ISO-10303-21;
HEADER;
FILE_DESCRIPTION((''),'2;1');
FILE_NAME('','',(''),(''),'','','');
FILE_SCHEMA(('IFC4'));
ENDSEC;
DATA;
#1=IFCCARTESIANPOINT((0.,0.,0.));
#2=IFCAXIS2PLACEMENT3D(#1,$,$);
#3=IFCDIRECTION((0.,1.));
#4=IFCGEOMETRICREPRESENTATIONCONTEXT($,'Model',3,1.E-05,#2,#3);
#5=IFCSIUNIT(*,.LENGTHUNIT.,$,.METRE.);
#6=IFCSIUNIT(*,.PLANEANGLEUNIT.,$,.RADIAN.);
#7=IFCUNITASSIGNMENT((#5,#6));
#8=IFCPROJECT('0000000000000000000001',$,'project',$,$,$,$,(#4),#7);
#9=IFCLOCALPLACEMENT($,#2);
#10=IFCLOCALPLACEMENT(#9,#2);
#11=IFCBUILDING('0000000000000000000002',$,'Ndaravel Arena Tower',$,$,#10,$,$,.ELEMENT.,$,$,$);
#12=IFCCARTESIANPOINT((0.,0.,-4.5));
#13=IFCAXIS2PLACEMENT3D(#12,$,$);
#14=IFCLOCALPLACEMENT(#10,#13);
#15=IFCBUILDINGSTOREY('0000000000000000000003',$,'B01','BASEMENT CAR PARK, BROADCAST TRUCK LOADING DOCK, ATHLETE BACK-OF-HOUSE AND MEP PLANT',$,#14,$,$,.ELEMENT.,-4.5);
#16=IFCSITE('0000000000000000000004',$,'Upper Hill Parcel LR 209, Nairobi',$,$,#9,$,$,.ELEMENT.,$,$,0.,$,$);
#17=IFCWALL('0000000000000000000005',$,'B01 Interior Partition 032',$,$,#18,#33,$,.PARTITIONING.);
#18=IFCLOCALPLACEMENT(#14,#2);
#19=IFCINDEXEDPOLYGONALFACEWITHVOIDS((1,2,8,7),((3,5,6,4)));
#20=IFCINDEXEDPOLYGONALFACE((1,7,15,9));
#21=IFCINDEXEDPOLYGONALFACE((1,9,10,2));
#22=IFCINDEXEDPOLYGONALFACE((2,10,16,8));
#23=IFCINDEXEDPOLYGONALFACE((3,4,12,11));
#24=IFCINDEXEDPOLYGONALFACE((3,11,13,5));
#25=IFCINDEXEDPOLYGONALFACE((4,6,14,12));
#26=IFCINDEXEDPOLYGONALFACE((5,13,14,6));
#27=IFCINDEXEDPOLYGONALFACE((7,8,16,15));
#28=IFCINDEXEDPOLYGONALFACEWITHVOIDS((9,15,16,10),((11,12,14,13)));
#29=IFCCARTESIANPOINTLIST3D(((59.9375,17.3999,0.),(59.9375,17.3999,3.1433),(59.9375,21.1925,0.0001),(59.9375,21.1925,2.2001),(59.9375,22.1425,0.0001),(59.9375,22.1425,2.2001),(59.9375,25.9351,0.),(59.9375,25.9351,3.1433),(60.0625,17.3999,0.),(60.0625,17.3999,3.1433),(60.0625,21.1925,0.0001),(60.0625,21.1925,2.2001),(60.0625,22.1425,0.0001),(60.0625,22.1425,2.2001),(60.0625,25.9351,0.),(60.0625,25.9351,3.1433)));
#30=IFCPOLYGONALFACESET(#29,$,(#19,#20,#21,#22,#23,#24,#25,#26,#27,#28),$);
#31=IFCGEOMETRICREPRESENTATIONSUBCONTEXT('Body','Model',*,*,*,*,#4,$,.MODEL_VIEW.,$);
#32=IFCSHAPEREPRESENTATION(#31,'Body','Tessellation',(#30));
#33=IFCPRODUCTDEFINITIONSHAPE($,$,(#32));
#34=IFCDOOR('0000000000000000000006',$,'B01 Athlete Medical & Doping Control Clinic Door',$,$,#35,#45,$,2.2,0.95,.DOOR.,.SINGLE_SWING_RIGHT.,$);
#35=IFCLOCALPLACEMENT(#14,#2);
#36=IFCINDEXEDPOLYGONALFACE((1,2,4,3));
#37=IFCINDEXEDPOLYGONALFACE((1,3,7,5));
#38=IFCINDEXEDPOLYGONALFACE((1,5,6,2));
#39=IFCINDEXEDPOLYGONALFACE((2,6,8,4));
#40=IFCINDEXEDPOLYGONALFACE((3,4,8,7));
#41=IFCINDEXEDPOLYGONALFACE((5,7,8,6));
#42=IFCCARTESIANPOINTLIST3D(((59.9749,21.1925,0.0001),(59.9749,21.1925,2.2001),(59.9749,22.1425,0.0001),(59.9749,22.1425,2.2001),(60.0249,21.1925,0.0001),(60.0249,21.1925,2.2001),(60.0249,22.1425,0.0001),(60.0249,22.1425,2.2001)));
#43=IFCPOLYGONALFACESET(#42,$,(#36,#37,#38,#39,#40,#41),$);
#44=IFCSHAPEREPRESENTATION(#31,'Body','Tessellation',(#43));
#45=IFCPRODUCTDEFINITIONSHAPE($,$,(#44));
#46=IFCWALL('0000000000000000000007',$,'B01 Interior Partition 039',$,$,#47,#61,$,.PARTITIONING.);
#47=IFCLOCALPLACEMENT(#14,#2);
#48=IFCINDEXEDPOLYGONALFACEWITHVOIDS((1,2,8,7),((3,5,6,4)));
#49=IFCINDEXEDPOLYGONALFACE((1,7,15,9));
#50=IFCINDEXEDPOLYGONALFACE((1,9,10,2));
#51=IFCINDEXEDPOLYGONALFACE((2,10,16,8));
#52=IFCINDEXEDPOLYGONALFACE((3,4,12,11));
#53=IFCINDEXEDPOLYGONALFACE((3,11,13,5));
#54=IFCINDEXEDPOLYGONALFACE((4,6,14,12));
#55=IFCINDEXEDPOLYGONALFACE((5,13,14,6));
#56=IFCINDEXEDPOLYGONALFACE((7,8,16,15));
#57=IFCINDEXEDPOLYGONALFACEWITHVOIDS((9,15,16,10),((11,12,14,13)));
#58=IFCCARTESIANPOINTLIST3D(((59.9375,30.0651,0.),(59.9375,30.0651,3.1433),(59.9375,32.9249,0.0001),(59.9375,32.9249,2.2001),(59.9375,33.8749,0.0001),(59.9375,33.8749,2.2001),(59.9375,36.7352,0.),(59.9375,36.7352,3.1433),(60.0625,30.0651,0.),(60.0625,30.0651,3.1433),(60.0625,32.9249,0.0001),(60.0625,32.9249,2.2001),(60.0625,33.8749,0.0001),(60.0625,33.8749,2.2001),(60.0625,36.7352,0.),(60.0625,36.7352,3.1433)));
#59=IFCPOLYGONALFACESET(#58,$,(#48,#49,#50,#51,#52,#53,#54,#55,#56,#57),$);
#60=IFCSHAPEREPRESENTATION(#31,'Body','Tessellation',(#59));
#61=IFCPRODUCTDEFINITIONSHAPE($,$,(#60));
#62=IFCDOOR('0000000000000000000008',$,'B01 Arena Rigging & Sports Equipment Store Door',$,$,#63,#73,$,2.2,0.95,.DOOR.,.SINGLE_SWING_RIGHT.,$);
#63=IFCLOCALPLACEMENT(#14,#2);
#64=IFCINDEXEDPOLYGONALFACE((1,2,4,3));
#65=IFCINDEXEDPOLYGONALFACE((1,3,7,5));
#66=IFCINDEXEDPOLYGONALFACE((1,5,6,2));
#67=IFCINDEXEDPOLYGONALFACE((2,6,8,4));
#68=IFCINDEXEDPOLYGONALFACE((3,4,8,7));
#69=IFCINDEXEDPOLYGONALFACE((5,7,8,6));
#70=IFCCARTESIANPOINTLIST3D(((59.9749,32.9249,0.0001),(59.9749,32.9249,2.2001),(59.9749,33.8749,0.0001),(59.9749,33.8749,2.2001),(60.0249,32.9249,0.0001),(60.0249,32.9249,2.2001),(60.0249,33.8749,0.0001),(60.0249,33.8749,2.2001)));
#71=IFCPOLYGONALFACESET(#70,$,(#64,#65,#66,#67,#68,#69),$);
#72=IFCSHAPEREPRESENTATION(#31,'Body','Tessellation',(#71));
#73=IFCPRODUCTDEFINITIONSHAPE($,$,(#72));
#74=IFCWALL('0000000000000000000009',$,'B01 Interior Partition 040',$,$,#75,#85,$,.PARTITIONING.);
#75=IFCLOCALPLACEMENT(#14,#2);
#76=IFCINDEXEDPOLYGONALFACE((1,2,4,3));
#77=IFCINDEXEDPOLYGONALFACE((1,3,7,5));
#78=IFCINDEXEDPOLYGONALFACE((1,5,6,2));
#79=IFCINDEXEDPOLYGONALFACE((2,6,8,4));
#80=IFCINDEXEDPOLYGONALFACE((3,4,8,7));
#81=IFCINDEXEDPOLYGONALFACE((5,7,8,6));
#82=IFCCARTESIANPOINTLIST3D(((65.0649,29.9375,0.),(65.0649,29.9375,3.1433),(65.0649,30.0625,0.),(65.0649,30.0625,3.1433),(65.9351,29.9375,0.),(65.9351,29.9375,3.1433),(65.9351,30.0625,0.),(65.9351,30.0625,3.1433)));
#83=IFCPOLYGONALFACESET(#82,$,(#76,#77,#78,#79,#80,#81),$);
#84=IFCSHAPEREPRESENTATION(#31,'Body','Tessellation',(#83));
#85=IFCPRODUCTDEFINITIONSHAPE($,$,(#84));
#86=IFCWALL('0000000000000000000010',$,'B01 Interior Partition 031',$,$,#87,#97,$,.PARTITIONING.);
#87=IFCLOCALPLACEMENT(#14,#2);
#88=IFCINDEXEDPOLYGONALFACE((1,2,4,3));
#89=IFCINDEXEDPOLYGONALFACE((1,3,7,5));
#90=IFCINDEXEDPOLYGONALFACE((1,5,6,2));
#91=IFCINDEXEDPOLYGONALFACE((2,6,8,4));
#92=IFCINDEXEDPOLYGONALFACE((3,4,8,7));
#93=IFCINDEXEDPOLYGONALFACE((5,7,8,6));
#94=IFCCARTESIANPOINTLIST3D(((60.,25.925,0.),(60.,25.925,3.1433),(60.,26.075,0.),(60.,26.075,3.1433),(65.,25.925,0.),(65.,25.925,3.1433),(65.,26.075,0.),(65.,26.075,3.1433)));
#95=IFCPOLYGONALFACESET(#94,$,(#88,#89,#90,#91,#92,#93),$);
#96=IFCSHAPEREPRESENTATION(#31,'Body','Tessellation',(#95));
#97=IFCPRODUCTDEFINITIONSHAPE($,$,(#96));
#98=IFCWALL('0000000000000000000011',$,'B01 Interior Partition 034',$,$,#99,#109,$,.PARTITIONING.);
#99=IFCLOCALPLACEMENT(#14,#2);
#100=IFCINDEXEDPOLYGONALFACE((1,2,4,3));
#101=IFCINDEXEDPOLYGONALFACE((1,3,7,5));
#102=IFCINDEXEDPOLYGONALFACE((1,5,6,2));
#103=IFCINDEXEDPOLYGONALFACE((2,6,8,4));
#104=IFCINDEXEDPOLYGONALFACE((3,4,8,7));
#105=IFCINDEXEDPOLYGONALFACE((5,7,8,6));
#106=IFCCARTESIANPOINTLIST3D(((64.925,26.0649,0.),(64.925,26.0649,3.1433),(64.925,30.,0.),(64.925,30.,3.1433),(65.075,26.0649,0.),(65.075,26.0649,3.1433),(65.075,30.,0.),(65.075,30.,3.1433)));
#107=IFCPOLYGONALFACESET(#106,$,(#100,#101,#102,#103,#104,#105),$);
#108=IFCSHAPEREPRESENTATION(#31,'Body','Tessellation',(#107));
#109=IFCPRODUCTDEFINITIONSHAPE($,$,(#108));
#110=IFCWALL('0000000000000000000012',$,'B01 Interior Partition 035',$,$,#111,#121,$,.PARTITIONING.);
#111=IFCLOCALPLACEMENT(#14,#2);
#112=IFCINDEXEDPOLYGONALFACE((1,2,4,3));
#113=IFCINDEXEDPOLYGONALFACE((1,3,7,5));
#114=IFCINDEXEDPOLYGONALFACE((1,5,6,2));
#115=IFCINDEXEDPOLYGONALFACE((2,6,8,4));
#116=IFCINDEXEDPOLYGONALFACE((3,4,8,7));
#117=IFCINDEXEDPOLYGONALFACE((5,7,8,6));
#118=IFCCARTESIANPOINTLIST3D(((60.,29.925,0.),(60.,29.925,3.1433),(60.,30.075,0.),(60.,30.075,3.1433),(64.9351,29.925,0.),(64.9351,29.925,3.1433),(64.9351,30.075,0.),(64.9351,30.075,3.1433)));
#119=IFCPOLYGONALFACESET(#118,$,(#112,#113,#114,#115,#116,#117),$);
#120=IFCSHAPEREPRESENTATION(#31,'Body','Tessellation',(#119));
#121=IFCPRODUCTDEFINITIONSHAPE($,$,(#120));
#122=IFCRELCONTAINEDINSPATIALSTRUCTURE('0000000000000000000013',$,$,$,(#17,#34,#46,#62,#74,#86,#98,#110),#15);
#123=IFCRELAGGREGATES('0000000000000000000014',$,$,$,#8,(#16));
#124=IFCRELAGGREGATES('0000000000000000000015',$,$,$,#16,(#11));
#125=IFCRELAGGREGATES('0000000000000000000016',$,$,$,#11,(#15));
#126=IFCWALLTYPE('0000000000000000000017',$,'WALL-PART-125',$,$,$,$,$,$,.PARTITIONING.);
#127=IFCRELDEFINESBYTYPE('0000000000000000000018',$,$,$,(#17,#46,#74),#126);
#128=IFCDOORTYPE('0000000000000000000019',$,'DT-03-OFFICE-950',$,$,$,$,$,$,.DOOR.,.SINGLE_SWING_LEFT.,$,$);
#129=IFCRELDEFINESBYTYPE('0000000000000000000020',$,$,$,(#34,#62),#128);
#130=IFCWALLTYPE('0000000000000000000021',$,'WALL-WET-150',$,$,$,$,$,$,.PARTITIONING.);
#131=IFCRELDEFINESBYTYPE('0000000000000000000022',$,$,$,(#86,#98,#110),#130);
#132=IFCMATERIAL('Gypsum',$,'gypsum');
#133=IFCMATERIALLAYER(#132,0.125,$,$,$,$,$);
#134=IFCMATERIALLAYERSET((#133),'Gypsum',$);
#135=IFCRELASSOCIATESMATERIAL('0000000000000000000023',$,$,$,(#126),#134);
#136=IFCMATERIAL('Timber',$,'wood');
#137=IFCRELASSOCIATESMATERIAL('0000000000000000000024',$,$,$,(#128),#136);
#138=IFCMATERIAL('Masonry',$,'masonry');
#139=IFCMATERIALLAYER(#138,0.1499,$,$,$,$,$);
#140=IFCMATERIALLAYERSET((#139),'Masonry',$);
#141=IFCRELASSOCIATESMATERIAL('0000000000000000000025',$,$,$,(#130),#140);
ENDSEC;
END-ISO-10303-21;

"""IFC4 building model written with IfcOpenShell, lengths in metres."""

from ifc_helpers import new_model, si_unit, direction, frame, frame_2d, origin, place, context, subcontext, project, spatial, rectangle, extrude, material, layer, layer_set, type_object, element, fill, save


model = new_model("IFC4")

# Units and contexts
model_context = context("Model", 3, precision=1e-05, world=origin(), true_north=direction((0.0, 1.0)))
body_context = subcontext(model_context, "Body", "Model", "MODEL_VIEW")
ifc_project = project(units=[si_unit("LENGTHUNIT", "METRE"), si_unit("PLANEANGLEUNIT", "RADIAN")], contexts=[model_context])

# Site, building, storey
site_placement = place(None, origin())
site = spatial("IfcSite", under=ifc_project, at=site_placement, Name="Upper Hill Parcel LR 209, Nairobi", CompositionType="ELEMENT", RefElevation=0.0)
building_placement = place(site_placement, origin())
building = spatial("IfcBuilding", under=site, at=building_placement, Name="Ndaravel Arena Tower", CompositionType="ELEMENT")
storey_placement = place(building_placement, frame((0.0, 0.0, -4.5)))
storey = spatial("IfcBuildingStorey", under=building, at=storey_placement, Name="B01", Description="BASEMENT CAR PARK, BROADCAST TRUCK LOADING DOCK, ATHLETE BACK-OF-HOUSE AND MEP PLANT", CompositionType="ELEMENT", Elevation=-4.5)

# Shared definitions
ifc_material_1 = material(Name="Gypsum", Category="gypsum")
ifc_layer_1 = layer(ifc_material_1, 0.125)
ifc_layer_set_1 = layer_set([ifc_layer_1], Name="Gypsum")
wall_type_1 = type_object("IfcWallType", Name="WALL-PART-125", PredefinedType="PARTITIONING", material=ifc_layer_set_1)
ifc_material_2 = material(Name="Timber", Category="wood")
door_type_1 = type_object("IfcDoorType", Name="DT-03-OFFICE-950", OperationType="SINGLE_SWING_LEFT", PredefinedType="DOOR", material=ifc_material_2)

# Walls, openings, doors
wall_1_placement = place(storey_placement, frame((60.0, 25.9351, 0.0), z_axis=(0.0, 0.0, 1.0), x_axis=(0.0, -1.0, 0.0)))
wall_1 = element("IfcWall", 1, at=wall_1_placement, inside=storey, type_object=wall_type_1, Name="B01 Interior Partition 032", PredefinedType="PARTITIONING", context=body_context, shape_type="SweptSolid", body=[
    extrude(rectangle(XDim=8.5352, YDim=0.125, at=frame_2d((4.2676, 0.0))), origin(), (0.0, 0.0, 1.0), 3.1433),
])
opening_1_placement = place(wall_1_placement, frame((3.7925, 0.0, 0.0)))
opening_1 = element("IfcOpeningElement", 2, at=opening_1_placement, cuts=wall_1, PredefinedType="OPENING", context=body_context, shape_type="SweptSolid", body=[
    extrude(rectangle(XDim=0.95, YDim=2.2, at=frame_2d((0.4751, 1.1001))), frame((0.0, 0.0625, 0.0), z_axis=(0.0, -1.0, 0.0), x_axis=(1.0, 0.0, 0.0)), (0.0, 0.0, 1.0), 0.125),
])
door_1_placement = place(opening_1_placement, origin())
door_1 = element("IfcDoor", 3, at=door_1_placement, inside=storey, type_object=door_type_1, Name="B01 Athlete Medical & Doping Control Clinic Door", OperationType="SINGLE_SWING_RIGHT", OverallHeight=2.2, OverallWidth=0.95, PredefinedType="DOOR", context=body_context, shape_type="SweptSolid", body=[
    extrude(rectangle(XDim=0.95, YDim=2.2, at=frame_2d((0.4751, 1.1001))), frame((0.0, 0.0249, 0.0), z_axis=(0.0, -1.0, 0.0), x_axis=(1.0, 0.0, 0.0)), (0.0, 0.0, 1.0), 0.05),
])
fill(opening_1, door_1)
wall_2_placement = place(storey_placement, frame((60.0, 36.7351, 0.0), z_axis=(0.0, 0.0, 1.0), x_axis=(0.0, -1.0, 0.0)))
wall_2 = element("IfcWall", 4, at=wall_2_placement, inside=storey, type_object=wall_type_1, Name="B01 Interior Partition 039", PredefinedType="PARTITIONING", context=body_context, shape_type="SweptSolid", body=[
    extrude(rectangle(XDim=6.6702, YDim=0.125, at=frame_2d((3.335, 0.0))), origin(), (0.0, 0.0, 1.0), 3.1433),
])
opening_2_placement = place(wall_2_placement, frame((2.8601, 0.0, 0.0)))
opening_2 = element("IfcOpeningElement", 5, at=opening_2_placement, cuts=wall_2, PredefinedType="OPENING", context=body_context, shape_type="SweptSolid", body=[
    extrude(rectangle(XDim=0.95, YDim=2.2, at=frame_2d((0.4751, 1.1001))), frame((0.0, 0.0625, 0.0), z_axis=(0.0, -1.0, 0.0), x_axis=(1.0, 0.0, 0.0)), (0.0, 0.0, 1.0), 0.125),
])
door_2_placement = place(opening_2_placement, origin())
door_2 = element("IfcDoor", 6, at=door_2_placement, inside=storey, type_object=door_type_1, Name="B01 Arena Rigging & Sports Equipment Store Door", OperationType="SINGLE_SWING_RIGHT", OverallHeight=2.2, OverallWidth=0.95, PredefinedType="DOOR", context=body_context, shape_type="SweptSolid", body=[
    extrude(rectangle(XDim=0.95, YDim=2.2, at=frame_2d((0.4751, 1.1001))), frame((0.0, 0.0249, 0.0), z_axis=(0.0, -1.0, 0.0), x_axis=(1.0, 0.0, 0.0)), (0.0, 0.0, 1.0), 0.05),
])
fill(opening_2, door_2)

# Walls
wall_3_placement = place(storey_placement, frame((65.0649, 30.0, 0.0), z_axis=(0.0, 0.0, 1.0), x_axis=(1.0, 0.0, 0.0)))
element("IfcWall", 7, at=wall_3_placement, inside=storey, type_object=wall_type_1, Name="B01 Interior Partition 040", PredefinedType="PARTITIONING", context=body_context, shape_type="SweptSolid", body=[
    extrude(rectangle(XDim=0.8701, YDim=0.125, at=frame_2d((0.4351, 0.0))), origin(), (0.0, 0.0, 1.0), 3.1433),
])
ifc_material_3 = material(Name="Masonry", Category="masonry")
ifc_layer_2 = layer(ifc_material_3, 0.1499)
ifc_layer_set_2 = layer_set([ifc_layer_2], Name="Masonry")
wall_type_2 = type_object("IfcWallType", Name="WALL-WET-150", PredefinedType="PARTITIONING", material=ifc_layer_set_2)
wall_4_placement = place(storey_placement, frame((65.0, 26.0, 0.0), z_axis=(0.0, 0.0, 1.0), x_axis=(-1.0, 0.0, 0.0)))
element("IfcWall", 8, at=wall_4_placement, inside=storey, type_object=wall_type_2, Name="B01 Interior Partition 031", PredefinedType="PARTITIONING", context=body_context, shape_type="SweptSolid", body=[
    extrude(rectangle(XDim=5.0, YDim=0.1499, at=frame_2d((2.5, 0.0))), origin(), (0.0, 0.0, 1.0), 3.1433),
])
wall_5_placement = place(storey_placement, frame((65.0, 26.0649, 0.0), z_axis=(0.0, 0.0, 1.0), x_axis=(0.0, 1.0, 0.0)))
element("IfcWall", 9, at=wall_5_placement, inside=storey, type_object=wall_type_2, Name="B01 Interior Partition 034", PredefinedType="PARTITIONING", context=body_context, shape_type="SweptSolid", body=[
    extrude(rectangle(XDim=3.9351, YDim=0.1499, at=frame_2d((1.9675, 0.0))), origin(), (0.0, 0.0, 1.0), 3.1433),
])
wall_6_placement = place(storey_placement, frame((64.9351, 30.0, 0.0), z_axis=(0.0, 0.0, 1.0), x_axis=(-1.0, 0.0, 0.0)))
element("IfcWall", 10, at=wall_6_placement, inside=storey, type_object=wall_type_2, Name="B01 Interior Partition 035", PredefinedType="PARTITIONING", context=body_context, shape_type="SweptSolid", body=[
    extrude(rectangle(XDim=4.9351, YDim=0.1499, at=frame_2d((2.4675, 0.0))), origin(), (0.0, 0.0, 1.0), 3.1433),
])

save(model, "model.ifc")
